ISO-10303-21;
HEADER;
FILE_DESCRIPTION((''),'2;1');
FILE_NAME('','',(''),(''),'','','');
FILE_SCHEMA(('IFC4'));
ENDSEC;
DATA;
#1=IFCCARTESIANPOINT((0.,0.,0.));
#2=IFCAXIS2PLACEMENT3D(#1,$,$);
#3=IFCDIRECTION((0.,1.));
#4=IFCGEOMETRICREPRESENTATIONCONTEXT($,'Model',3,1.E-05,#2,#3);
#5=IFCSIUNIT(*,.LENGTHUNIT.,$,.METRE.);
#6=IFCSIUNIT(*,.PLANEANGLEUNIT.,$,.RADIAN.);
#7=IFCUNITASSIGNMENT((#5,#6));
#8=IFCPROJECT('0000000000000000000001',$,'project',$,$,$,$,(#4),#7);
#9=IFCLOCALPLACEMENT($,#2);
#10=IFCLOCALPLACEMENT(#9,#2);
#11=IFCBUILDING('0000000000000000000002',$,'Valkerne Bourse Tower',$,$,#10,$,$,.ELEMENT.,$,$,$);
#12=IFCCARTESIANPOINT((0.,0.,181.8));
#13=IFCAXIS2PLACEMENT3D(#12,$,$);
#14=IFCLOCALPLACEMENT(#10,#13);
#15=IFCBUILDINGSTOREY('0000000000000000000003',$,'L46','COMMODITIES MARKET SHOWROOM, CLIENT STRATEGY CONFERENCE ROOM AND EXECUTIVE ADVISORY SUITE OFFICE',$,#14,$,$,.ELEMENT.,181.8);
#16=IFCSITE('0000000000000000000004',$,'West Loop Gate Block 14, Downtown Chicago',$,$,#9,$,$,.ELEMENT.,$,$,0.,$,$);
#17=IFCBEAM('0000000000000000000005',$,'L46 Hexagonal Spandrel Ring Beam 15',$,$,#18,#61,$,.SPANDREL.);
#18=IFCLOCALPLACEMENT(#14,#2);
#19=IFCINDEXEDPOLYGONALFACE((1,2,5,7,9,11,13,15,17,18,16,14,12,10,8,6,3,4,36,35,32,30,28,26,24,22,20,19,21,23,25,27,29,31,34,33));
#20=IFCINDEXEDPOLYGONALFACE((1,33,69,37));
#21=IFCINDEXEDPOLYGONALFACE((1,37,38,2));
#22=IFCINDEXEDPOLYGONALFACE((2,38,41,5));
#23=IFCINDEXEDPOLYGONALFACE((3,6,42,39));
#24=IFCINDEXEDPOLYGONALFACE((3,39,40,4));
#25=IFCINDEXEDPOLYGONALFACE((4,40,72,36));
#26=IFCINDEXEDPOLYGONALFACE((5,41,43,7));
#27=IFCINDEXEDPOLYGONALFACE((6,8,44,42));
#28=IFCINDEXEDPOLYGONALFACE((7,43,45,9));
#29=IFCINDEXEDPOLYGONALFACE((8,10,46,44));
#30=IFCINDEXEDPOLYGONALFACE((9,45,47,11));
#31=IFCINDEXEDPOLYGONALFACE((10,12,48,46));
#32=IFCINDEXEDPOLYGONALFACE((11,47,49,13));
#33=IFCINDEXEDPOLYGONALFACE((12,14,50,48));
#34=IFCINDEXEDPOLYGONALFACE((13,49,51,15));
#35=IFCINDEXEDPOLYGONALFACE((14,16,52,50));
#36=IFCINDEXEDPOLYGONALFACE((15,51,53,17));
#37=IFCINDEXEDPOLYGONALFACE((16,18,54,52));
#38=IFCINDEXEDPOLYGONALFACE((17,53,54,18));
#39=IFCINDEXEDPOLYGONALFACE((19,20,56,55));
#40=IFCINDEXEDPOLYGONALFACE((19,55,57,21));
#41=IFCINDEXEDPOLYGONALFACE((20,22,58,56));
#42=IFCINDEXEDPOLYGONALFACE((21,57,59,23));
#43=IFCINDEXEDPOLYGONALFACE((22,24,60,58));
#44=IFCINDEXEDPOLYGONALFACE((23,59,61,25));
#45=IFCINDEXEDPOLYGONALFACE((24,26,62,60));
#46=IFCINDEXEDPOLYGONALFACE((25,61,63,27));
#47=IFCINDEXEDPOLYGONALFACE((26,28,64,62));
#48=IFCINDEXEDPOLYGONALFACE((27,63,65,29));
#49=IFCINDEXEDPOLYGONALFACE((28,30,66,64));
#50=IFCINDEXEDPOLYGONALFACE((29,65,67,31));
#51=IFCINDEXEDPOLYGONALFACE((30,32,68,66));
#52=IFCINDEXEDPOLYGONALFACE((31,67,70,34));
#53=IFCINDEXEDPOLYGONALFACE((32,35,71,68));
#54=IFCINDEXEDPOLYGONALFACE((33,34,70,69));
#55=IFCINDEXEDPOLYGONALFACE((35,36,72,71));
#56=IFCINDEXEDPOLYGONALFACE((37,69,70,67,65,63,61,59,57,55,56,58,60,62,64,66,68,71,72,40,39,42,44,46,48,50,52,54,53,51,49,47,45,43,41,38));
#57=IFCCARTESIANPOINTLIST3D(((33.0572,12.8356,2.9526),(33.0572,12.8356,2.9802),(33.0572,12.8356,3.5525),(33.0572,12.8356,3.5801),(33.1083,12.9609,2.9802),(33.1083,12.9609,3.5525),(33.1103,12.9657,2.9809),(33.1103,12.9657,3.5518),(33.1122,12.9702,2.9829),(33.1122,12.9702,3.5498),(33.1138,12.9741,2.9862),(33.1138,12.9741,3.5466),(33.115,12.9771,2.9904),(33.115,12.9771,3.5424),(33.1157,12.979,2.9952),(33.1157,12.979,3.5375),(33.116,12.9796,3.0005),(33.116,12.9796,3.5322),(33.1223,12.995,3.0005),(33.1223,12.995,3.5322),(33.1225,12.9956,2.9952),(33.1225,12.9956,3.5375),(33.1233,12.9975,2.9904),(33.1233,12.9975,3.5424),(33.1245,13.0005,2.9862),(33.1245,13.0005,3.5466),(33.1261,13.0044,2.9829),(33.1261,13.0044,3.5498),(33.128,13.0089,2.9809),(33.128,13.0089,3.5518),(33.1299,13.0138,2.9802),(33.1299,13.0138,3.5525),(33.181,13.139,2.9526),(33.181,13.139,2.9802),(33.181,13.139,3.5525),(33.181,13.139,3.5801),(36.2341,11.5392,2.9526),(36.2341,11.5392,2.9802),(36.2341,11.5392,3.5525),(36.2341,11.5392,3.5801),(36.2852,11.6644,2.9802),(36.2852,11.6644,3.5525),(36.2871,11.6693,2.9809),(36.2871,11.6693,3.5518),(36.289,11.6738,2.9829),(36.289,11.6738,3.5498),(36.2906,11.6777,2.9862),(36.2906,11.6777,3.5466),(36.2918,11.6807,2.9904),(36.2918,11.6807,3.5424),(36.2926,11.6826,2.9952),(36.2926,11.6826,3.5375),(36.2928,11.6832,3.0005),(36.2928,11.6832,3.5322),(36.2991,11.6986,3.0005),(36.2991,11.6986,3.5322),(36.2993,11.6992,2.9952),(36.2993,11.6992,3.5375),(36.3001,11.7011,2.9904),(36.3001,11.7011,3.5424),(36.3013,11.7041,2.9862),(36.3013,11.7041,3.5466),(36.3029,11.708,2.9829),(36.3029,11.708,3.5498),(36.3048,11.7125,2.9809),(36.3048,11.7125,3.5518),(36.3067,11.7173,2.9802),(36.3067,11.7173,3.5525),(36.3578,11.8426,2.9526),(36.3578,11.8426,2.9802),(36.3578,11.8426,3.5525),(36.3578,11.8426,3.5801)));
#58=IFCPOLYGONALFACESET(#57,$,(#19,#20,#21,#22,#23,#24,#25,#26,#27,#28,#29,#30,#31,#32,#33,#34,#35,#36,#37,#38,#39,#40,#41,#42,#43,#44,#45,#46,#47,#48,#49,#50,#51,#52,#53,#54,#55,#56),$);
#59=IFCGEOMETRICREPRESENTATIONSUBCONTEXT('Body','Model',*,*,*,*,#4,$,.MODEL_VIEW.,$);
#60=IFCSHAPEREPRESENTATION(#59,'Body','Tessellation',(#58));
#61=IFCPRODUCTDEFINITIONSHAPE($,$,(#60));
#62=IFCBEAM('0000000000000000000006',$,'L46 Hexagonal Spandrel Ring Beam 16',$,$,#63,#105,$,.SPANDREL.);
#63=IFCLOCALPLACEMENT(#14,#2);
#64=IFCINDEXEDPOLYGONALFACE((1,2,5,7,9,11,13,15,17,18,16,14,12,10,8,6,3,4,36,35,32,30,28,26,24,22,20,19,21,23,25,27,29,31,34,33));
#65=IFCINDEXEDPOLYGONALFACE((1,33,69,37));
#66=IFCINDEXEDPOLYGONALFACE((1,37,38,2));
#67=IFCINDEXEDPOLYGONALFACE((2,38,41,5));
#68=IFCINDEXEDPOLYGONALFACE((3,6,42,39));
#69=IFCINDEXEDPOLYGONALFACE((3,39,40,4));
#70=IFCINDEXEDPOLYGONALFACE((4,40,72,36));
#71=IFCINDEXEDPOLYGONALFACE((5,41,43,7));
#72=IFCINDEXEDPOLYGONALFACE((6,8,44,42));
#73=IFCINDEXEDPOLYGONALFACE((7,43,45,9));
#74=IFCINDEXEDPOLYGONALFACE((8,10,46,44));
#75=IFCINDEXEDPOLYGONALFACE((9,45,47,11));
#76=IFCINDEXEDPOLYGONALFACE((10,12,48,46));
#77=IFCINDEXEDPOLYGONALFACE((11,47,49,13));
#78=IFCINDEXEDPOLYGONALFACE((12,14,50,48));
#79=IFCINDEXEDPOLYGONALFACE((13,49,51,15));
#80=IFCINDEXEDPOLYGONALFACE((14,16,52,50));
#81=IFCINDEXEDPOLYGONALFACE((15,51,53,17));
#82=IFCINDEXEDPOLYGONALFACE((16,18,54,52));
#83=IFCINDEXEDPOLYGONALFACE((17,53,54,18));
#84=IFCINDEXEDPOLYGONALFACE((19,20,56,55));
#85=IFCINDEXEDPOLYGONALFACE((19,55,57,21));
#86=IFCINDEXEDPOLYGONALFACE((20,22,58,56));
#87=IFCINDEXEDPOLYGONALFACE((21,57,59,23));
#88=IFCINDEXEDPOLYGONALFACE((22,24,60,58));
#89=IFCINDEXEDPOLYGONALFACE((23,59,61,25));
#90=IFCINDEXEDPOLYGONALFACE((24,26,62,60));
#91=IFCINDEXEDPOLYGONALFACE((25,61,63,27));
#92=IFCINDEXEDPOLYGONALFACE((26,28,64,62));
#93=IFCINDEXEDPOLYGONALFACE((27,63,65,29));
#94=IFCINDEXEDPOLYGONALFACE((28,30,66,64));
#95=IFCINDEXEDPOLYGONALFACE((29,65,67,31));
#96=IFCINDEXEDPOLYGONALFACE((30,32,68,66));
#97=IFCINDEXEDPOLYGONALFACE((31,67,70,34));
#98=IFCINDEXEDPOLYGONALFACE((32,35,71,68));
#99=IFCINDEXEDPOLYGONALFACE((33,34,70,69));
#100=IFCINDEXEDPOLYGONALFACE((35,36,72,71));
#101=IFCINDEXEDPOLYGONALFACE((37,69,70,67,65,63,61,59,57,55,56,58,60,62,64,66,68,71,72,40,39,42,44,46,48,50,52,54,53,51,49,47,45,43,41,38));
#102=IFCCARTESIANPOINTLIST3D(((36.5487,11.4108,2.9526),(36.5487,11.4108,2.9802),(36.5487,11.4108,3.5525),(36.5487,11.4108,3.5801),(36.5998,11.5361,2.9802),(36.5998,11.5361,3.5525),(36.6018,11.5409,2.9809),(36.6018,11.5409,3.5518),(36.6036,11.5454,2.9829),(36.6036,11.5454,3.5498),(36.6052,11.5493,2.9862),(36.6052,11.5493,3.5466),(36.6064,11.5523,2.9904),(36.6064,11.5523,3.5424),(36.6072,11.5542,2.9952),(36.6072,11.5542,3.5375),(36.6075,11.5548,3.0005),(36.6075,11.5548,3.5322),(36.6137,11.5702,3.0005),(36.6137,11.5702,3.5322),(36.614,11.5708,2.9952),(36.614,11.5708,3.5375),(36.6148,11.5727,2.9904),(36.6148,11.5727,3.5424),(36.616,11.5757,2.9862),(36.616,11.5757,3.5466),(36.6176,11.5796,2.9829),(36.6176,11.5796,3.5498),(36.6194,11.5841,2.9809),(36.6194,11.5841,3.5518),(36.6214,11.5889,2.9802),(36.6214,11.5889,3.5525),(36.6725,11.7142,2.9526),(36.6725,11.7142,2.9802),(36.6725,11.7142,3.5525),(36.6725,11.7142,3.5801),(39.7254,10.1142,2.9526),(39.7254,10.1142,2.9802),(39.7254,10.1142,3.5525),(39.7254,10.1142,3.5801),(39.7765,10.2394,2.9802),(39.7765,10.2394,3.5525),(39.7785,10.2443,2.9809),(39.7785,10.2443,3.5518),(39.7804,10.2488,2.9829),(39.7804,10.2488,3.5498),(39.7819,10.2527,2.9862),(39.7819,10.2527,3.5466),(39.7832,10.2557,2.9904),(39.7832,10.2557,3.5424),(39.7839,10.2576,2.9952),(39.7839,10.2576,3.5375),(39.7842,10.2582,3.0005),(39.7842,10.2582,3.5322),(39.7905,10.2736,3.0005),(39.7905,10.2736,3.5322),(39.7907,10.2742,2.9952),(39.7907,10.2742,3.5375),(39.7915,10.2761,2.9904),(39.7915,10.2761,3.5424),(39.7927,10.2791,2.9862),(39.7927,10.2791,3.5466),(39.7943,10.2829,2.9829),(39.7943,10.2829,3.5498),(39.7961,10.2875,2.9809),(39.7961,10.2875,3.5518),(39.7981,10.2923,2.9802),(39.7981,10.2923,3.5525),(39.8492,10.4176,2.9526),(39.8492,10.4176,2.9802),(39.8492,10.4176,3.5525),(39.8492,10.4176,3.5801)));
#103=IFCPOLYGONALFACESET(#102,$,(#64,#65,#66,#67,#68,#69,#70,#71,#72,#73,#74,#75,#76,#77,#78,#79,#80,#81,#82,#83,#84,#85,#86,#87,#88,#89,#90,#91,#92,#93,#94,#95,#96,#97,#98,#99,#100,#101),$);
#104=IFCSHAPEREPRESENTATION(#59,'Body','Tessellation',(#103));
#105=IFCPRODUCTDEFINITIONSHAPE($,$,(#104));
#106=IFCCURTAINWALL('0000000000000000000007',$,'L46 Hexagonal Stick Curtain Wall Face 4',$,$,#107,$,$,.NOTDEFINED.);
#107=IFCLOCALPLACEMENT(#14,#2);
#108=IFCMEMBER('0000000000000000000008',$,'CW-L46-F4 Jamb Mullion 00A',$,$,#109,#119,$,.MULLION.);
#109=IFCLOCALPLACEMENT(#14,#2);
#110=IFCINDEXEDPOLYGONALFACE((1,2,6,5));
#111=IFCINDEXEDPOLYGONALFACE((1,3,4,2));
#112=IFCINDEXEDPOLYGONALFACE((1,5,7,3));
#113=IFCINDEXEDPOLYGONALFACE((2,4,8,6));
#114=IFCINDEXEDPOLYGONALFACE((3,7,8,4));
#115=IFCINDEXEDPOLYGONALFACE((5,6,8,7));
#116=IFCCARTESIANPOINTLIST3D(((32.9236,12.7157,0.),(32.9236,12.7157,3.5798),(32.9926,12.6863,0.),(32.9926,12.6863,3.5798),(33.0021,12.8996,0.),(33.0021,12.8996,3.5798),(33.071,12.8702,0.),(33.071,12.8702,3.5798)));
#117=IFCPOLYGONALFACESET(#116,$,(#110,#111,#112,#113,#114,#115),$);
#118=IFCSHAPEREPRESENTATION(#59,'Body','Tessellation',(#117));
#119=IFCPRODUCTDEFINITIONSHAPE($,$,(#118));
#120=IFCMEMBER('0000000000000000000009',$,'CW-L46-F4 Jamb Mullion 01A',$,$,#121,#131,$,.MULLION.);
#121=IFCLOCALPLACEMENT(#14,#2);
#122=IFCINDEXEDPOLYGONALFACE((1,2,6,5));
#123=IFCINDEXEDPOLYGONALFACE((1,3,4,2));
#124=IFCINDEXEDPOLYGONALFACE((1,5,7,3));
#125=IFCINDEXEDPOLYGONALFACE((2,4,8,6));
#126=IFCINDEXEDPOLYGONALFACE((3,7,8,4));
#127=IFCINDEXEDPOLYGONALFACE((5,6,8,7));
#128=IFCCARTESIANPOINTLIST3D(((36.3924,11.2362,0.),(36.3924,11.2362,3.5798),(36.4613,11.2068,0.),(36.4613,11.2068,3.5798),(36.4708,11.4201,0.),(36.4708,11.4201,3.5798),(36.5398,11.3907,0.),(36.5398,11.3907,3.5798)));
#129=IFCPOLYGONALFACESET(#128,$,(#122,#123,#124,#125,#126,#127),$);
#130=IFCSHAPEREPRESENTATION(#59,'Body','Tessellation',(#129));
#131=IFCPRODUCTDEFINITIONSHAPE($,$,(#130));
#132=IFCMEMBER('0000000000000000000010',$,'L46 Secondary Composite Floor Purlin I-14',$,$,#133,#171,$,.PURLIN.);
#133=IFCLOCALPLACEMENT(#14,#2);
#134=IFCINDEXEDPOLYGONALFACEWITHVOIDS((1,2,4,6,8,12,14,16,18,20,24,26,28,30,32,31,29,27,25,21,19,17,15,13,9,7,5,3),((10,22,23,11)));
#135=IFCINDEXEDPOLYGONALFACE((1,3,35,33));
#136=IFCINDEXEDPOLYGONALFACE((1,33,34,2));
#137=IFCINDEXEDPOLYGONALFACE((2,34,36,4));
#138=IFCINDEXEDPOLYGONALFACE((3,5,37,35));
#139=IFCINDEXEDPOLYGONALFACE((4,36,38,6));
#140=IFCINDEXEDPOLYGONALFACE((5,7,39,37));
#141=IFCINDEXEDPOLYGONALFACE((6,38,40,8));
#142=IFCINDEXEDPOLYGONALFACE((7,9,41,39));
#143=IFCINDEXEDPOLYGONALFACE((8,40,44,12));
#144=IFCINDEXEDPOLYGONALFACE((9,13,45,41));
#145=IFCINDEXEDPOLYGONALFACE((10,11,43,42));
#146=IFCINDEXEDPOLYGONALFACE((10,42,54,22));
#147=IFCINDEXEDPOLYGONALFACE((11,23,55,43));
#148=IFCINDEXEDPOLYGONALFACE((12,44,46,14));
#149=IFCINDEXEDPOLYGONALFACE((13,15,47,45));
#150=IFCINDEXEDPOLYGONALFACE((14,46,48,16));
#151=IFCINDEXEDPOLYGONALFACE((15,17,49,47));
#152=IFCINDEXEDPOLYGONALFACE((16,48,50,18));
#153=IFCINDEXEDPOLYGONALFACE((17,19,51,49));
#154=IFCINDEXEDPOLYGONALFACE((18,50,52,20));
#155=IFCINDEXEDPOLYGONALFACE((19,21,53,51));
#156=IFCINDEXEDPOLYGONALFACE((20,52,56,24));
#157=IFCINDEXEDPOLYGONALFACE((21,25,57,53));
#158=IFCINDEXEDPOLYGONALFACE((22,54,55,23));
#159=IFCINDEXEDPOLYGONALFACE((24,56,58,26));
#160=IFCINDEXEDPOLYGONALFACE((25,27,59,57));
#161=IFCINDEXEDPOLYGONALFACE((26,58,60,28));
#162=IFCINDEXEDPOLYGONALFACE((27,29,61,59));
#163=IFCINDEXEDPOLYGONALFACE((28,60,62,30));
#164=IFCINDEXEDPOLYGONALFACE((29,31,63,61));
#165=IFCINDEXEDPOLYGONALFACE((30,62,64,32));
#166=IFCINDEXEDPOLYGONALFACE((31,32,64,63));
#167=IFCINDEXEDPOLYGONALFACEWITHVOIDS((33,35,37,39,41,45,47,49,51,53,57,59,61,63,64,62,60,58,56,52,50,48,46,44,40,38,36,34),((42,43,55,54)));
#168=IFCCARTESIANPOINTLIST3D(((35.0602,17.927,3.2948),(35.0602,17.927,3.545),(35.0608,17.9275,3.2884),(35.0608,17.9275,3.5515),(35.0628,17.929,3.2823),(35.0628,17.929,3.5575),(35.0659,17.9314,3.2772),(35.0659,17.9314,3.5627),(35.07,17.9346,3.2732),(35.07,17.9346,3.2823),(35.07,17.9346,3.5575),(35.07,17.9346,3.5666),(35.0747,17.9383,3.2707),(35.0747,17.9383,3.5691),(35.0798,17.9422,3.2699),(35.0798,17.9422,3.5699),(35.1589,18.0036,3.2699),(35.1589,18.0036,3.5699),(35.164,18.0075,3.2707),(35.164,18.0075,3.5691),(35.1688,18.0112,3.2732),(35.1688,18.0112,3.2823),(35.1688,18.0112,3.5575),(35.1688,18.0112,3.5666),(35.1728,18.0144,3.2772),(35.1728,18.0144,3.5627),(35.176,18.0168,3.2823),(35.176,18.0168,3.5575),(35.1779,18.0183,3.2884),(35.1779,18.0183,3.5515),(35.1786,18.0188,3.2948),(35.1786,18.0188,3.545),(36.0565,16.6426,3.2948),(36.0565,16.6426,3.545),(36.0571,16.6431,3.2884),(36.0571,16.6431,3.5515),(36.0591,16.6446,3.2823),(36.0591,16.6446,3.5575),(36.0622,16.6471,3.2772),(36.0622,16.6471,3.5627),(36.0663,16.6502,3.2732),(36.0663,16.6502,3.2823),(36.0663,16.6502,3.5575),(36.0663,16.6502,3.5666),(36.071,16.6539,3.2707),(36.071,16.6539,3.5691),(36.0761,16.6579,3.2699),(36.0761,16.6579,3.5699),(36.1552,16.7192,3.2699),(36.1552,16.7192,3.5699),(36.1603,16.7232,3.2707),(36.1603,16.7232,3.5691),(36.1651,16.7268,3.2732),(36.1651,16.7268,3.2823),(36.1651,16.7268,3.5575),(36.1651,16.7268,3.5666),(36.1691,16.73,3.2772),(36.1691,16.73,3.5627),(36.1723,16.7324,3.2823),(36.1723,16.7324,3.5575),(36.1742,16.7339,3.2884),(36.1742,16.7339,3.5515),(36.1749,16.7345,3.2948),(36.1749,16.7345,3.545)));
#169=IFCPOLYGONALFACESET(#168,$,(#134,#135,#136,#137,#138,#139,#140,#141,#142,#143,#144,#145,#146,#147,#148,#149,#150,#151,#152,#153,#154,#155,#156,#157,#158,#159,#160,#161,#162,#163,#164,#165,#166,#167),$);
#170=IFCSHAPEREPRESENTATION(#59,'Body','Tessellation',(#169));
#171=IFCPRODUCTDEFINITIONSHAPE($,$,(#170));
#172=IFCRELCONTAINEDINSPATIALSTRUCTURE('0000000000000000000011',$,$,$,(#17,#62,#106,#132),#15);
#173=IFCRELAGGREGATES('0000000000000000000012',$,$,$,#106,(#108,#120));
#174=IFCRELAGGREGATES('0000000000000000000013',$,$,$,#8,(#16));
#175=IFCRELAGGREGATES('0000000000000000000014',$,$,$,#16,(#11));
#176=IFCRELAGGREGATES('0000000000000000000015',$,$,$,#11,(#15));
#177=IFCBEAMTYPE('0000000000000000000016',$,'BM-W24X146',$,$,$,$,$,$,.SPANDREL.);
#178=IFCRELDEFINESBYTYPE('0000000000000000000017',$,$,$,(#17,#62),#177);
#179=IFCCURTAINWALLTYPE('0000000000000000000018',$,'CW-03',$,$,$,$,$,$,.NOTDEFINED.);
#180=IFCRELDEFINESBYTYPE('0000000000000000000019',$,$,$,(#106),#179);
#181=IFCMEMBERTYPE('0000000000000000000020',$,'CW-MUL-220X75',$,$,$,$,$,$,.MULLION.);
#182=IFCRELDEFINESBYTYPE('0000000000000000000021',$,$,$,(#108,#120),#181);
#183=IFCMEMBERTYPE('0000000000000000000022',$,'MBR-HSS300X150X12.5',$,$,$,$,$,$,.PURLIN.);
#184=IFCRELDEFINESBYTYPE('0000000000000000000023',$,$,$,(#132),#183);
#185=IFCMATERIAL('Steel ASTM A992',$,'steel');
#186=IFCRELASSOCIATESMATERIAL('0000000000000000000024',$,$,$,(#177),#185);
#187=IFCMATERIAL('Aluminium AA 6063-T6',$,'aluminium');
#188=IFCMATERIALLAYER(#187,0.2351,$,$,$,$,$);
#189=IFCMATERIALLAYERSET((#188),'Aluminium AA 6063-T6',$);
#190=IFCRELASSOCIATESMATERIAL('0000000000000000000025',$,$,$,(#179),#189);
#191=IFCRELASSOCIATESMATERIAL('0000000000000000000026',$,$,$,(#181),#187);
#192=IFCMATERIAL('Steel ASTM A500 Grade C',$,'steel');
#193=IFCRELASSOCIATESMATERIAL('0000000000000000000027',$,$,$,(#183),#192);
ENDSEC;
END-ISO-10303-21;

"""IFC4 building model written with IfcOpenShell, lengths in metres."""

from ifc_helpers import new_model, si_unit, direction, frame, origin, origin_2d, place, context, subcontext, project, spatial, rectangle, hollow_rectangle, i_section, extrude, material, layer, layer_set, material_profile, profile_set, type_object, element, aggregate, save


model = new_model("IFC4")

# Units and contexts
model_context = context("Model", 3, precision=1e-05, world=origin(), true_north=direction((0.0, 1.0)))
body_context = subcontext(model_context, "Body", "Model", "MODEL_VIEW")
ifc_project = project(units=[si_unit("LENGTHUNIT", "METRE"), si_unit("PLANEANGLEUNIT", "RADIAN")], contexts=[model_context])

# Site, building, storey
site_placement = place(None, origin())
site = spatial("IfcSite", under=ifc_project, at=site_placement, Name="West Loop Gate Block 14, Downtown Chicago", CompositionType="ELEMENT", RefElevation=0.0)
building_placement = place(site_placement, origin())
building = spatial("IfcBuilding", under=site, at=building_placement, Name="Valkerne Bourse Tower", CompositionType="ELEMENT")
storey_placement = place(building_placement, frame((0.0, 0.0, 181.8)))
storey = spatial("IfcBuildingStorey", under=building, at=storey_placement, Name="L46", Description="COMMODITIES MARKET SHOWROOM, CLIENT STRATEGY CONFERENCE ROOM AND EXECUTIVE ADVISORY SUITE OFFICE", CompositionType="ELEMENT", Elevation=181.8)

# Beams
ifc_material_1 = material(Name="Steel ASTM A992", Category="steel")
ifc_material_profile_1 = material_profile(ifc_material_1, i_section(OverallWidth=0.3276, OverallDepth=0.6274, WebThickness=0.0166, FlangeThickness=0.0276, FilletRadius=0.0203, at=origin_2d()), Name="W24X146")
ifc_profile_set_1 = profile_set([ifc_material_profile_1], Name="Steel ASTM A992")
beam_type_1 = type_object("IfcBeamType", Name="BM-W24X146", PredefinedType="SPANDREL", material=ifc_profile_set_1)
for number, where, z_axis, x_axis, name in (
    (1, (33.1191, 12.9873, 3.2664), (0.925873, -0.377835, 0.0), (0.377835, 0.925873, 0.0), "L46 Hexagonal Spandrel Ring Beam 15"),
    (2, (36.6106, 11.5625, 3.2664), (0.925848, -0.377896, 0.0), (0.377896, 0.925848, 0.0), "L46 Hexagonal Spandrel Ring Beam 16"),
):
    element("IfcBeam", number, at=place(storey_placement, frame(where, z_axis=z_axis, x_axis=x_axis)), inside=storey, type_object=beam_type_1, Name=name, PredefinedType="SPANDREL", context=body_context, shape_type="SweptSolid", body=[
        extrude(i_section(OverallWidth=0.3276, OverallDepth=0.6274, WebThickness=0.0166, FlangeThickness=0.0276, FilletRadius=0.0203, at=origin_2d()), origin(), (0.0, 0.0, 1.0), 3.4312),
    ])

# Curtain wall, members
ifc_material_2 = material(Name="Aluminium AA 6063-T6", Category="aluminium")
ifc_layer_1 = layer(ifc_material_2, 0.2351)
ifc_layer_set_1 = layer_set([ifc_layer_1], Name="Aluminium AA 6063-T6")
curtain_wall_type = type_object("IfcCurtainWallType", Name="CW-03", PredefinedType="NOTDEFINED", material=ifc_layer_set_1)
curtain_wall_placement = place(storey_placement, origin())
curtain_wall = element("IfcCurtainWall", 3, at=curtain_wall_placement, inside=storey, type_object=curtain_wall_type, Name="L46 Hexagonal Stick Curtain Wall Face 4", PredefinedType="NOTDEFINED")
ifc_material_profile_2 = material_profile(ifc_material_2, rectangle(XDim=0.075, YDim=0.2, at=origin_2d()), Name="CWM-75X200")
ifc_profile_set_2 = profile_set([ifc_material_profile_2], Name="Aluminium AA 6063-T6")
member_type_1 = type_object("IfcMemberType", Name="CW-MUL-220X75", PredefinedType="MULLION", material=ifc_profile_set_2)
member_1_placement = place(storey_placement, frame((32.9973, 12.793, 0.0), z_axis=(0.0, 0.0, 1.0), x_axis=(0.919824, -0.392331, 0.0)))
member_1 = element("IfcMember", 4, at=member_1_placement, type_object=member_type_1, Name="CW-L46-F4 Jamb Mullion 00A", PredefinedType="MULLION", context=body_context, shape_type="SweptSolid", body=[
    extrude(rectangle(XDim=0.075, YDim=0.2, at=origin_2d()), origin(), (0.0, 0.0, 1.0), 3.5798),
])
member_2_placement = place(storey_placement, frame((36.4661, 11.3135, 0.0), z_axis=(0.0, 0.0, 1.0), x_axis=(0.91982, -0.392341, 0.0)))
member_2 = element("IfcMember", 5, at=member_2_placement, type_object=member_type_1, Name="CW-L46-F4 Jamb Mullion 01A", PredefinedType="MULLION", context=body_context, shape_type="SweptSolid", body=[
    extrude(rectangle(XDim=0.075, YDim=0.2, at=origin_2d()), origin(), (0.0, 0.0, 1.0), 3.5798),
])

# Member
ifc_material_3 = material(Name="Steel ASTM A500 Grade C", Category="steel")
ifc_material_profile_3 = material_profile(ifc_material_3, hollow_rectangle(XDim=0.1499, YDim=0.3, WallThickness=0.0125, OuterFilletRadius=0.0249, at=origin_2d()), Name="HSS300X150X12.5")
ifc_profile_set_3 = profile_set([ifc_material_profile_3], Name="Steel ASTM A500 Grade C")
member_type_2 = type_object("IfcMemberType", Name="MBR-HSS300X150X12.5", PredefinedType="PURLIN", material=ifc_profile_set_3)
member_3_placement = place(storey_placement, frame((35.1194, 17.9729, 3.4199), z_axis=(0.612921, -0.790144, 0.0), x_axis=(0.790144, 0.612921, 0.0)))
element("IfcMember", 6, at=member_3_placement, inside=storey, type_object=member_type_2, Name="L46 Secondary Composite Floor Purlin I-14", PredefinedType="PURLIN", context=body_context, shape_type="SweptSolid", body=[
    extrude(hollow_rectangle(XDim=0.1499, YDim=0.3, WallThickness=0.0125, OuterFilletRadius=0.0249, at=origin_2d()), origin(), (0.0, 0.0, 1.0), 1.6255),
])

aggregate(curtain_wall, [member_1, member_2])

save(model, "model.ifc")
